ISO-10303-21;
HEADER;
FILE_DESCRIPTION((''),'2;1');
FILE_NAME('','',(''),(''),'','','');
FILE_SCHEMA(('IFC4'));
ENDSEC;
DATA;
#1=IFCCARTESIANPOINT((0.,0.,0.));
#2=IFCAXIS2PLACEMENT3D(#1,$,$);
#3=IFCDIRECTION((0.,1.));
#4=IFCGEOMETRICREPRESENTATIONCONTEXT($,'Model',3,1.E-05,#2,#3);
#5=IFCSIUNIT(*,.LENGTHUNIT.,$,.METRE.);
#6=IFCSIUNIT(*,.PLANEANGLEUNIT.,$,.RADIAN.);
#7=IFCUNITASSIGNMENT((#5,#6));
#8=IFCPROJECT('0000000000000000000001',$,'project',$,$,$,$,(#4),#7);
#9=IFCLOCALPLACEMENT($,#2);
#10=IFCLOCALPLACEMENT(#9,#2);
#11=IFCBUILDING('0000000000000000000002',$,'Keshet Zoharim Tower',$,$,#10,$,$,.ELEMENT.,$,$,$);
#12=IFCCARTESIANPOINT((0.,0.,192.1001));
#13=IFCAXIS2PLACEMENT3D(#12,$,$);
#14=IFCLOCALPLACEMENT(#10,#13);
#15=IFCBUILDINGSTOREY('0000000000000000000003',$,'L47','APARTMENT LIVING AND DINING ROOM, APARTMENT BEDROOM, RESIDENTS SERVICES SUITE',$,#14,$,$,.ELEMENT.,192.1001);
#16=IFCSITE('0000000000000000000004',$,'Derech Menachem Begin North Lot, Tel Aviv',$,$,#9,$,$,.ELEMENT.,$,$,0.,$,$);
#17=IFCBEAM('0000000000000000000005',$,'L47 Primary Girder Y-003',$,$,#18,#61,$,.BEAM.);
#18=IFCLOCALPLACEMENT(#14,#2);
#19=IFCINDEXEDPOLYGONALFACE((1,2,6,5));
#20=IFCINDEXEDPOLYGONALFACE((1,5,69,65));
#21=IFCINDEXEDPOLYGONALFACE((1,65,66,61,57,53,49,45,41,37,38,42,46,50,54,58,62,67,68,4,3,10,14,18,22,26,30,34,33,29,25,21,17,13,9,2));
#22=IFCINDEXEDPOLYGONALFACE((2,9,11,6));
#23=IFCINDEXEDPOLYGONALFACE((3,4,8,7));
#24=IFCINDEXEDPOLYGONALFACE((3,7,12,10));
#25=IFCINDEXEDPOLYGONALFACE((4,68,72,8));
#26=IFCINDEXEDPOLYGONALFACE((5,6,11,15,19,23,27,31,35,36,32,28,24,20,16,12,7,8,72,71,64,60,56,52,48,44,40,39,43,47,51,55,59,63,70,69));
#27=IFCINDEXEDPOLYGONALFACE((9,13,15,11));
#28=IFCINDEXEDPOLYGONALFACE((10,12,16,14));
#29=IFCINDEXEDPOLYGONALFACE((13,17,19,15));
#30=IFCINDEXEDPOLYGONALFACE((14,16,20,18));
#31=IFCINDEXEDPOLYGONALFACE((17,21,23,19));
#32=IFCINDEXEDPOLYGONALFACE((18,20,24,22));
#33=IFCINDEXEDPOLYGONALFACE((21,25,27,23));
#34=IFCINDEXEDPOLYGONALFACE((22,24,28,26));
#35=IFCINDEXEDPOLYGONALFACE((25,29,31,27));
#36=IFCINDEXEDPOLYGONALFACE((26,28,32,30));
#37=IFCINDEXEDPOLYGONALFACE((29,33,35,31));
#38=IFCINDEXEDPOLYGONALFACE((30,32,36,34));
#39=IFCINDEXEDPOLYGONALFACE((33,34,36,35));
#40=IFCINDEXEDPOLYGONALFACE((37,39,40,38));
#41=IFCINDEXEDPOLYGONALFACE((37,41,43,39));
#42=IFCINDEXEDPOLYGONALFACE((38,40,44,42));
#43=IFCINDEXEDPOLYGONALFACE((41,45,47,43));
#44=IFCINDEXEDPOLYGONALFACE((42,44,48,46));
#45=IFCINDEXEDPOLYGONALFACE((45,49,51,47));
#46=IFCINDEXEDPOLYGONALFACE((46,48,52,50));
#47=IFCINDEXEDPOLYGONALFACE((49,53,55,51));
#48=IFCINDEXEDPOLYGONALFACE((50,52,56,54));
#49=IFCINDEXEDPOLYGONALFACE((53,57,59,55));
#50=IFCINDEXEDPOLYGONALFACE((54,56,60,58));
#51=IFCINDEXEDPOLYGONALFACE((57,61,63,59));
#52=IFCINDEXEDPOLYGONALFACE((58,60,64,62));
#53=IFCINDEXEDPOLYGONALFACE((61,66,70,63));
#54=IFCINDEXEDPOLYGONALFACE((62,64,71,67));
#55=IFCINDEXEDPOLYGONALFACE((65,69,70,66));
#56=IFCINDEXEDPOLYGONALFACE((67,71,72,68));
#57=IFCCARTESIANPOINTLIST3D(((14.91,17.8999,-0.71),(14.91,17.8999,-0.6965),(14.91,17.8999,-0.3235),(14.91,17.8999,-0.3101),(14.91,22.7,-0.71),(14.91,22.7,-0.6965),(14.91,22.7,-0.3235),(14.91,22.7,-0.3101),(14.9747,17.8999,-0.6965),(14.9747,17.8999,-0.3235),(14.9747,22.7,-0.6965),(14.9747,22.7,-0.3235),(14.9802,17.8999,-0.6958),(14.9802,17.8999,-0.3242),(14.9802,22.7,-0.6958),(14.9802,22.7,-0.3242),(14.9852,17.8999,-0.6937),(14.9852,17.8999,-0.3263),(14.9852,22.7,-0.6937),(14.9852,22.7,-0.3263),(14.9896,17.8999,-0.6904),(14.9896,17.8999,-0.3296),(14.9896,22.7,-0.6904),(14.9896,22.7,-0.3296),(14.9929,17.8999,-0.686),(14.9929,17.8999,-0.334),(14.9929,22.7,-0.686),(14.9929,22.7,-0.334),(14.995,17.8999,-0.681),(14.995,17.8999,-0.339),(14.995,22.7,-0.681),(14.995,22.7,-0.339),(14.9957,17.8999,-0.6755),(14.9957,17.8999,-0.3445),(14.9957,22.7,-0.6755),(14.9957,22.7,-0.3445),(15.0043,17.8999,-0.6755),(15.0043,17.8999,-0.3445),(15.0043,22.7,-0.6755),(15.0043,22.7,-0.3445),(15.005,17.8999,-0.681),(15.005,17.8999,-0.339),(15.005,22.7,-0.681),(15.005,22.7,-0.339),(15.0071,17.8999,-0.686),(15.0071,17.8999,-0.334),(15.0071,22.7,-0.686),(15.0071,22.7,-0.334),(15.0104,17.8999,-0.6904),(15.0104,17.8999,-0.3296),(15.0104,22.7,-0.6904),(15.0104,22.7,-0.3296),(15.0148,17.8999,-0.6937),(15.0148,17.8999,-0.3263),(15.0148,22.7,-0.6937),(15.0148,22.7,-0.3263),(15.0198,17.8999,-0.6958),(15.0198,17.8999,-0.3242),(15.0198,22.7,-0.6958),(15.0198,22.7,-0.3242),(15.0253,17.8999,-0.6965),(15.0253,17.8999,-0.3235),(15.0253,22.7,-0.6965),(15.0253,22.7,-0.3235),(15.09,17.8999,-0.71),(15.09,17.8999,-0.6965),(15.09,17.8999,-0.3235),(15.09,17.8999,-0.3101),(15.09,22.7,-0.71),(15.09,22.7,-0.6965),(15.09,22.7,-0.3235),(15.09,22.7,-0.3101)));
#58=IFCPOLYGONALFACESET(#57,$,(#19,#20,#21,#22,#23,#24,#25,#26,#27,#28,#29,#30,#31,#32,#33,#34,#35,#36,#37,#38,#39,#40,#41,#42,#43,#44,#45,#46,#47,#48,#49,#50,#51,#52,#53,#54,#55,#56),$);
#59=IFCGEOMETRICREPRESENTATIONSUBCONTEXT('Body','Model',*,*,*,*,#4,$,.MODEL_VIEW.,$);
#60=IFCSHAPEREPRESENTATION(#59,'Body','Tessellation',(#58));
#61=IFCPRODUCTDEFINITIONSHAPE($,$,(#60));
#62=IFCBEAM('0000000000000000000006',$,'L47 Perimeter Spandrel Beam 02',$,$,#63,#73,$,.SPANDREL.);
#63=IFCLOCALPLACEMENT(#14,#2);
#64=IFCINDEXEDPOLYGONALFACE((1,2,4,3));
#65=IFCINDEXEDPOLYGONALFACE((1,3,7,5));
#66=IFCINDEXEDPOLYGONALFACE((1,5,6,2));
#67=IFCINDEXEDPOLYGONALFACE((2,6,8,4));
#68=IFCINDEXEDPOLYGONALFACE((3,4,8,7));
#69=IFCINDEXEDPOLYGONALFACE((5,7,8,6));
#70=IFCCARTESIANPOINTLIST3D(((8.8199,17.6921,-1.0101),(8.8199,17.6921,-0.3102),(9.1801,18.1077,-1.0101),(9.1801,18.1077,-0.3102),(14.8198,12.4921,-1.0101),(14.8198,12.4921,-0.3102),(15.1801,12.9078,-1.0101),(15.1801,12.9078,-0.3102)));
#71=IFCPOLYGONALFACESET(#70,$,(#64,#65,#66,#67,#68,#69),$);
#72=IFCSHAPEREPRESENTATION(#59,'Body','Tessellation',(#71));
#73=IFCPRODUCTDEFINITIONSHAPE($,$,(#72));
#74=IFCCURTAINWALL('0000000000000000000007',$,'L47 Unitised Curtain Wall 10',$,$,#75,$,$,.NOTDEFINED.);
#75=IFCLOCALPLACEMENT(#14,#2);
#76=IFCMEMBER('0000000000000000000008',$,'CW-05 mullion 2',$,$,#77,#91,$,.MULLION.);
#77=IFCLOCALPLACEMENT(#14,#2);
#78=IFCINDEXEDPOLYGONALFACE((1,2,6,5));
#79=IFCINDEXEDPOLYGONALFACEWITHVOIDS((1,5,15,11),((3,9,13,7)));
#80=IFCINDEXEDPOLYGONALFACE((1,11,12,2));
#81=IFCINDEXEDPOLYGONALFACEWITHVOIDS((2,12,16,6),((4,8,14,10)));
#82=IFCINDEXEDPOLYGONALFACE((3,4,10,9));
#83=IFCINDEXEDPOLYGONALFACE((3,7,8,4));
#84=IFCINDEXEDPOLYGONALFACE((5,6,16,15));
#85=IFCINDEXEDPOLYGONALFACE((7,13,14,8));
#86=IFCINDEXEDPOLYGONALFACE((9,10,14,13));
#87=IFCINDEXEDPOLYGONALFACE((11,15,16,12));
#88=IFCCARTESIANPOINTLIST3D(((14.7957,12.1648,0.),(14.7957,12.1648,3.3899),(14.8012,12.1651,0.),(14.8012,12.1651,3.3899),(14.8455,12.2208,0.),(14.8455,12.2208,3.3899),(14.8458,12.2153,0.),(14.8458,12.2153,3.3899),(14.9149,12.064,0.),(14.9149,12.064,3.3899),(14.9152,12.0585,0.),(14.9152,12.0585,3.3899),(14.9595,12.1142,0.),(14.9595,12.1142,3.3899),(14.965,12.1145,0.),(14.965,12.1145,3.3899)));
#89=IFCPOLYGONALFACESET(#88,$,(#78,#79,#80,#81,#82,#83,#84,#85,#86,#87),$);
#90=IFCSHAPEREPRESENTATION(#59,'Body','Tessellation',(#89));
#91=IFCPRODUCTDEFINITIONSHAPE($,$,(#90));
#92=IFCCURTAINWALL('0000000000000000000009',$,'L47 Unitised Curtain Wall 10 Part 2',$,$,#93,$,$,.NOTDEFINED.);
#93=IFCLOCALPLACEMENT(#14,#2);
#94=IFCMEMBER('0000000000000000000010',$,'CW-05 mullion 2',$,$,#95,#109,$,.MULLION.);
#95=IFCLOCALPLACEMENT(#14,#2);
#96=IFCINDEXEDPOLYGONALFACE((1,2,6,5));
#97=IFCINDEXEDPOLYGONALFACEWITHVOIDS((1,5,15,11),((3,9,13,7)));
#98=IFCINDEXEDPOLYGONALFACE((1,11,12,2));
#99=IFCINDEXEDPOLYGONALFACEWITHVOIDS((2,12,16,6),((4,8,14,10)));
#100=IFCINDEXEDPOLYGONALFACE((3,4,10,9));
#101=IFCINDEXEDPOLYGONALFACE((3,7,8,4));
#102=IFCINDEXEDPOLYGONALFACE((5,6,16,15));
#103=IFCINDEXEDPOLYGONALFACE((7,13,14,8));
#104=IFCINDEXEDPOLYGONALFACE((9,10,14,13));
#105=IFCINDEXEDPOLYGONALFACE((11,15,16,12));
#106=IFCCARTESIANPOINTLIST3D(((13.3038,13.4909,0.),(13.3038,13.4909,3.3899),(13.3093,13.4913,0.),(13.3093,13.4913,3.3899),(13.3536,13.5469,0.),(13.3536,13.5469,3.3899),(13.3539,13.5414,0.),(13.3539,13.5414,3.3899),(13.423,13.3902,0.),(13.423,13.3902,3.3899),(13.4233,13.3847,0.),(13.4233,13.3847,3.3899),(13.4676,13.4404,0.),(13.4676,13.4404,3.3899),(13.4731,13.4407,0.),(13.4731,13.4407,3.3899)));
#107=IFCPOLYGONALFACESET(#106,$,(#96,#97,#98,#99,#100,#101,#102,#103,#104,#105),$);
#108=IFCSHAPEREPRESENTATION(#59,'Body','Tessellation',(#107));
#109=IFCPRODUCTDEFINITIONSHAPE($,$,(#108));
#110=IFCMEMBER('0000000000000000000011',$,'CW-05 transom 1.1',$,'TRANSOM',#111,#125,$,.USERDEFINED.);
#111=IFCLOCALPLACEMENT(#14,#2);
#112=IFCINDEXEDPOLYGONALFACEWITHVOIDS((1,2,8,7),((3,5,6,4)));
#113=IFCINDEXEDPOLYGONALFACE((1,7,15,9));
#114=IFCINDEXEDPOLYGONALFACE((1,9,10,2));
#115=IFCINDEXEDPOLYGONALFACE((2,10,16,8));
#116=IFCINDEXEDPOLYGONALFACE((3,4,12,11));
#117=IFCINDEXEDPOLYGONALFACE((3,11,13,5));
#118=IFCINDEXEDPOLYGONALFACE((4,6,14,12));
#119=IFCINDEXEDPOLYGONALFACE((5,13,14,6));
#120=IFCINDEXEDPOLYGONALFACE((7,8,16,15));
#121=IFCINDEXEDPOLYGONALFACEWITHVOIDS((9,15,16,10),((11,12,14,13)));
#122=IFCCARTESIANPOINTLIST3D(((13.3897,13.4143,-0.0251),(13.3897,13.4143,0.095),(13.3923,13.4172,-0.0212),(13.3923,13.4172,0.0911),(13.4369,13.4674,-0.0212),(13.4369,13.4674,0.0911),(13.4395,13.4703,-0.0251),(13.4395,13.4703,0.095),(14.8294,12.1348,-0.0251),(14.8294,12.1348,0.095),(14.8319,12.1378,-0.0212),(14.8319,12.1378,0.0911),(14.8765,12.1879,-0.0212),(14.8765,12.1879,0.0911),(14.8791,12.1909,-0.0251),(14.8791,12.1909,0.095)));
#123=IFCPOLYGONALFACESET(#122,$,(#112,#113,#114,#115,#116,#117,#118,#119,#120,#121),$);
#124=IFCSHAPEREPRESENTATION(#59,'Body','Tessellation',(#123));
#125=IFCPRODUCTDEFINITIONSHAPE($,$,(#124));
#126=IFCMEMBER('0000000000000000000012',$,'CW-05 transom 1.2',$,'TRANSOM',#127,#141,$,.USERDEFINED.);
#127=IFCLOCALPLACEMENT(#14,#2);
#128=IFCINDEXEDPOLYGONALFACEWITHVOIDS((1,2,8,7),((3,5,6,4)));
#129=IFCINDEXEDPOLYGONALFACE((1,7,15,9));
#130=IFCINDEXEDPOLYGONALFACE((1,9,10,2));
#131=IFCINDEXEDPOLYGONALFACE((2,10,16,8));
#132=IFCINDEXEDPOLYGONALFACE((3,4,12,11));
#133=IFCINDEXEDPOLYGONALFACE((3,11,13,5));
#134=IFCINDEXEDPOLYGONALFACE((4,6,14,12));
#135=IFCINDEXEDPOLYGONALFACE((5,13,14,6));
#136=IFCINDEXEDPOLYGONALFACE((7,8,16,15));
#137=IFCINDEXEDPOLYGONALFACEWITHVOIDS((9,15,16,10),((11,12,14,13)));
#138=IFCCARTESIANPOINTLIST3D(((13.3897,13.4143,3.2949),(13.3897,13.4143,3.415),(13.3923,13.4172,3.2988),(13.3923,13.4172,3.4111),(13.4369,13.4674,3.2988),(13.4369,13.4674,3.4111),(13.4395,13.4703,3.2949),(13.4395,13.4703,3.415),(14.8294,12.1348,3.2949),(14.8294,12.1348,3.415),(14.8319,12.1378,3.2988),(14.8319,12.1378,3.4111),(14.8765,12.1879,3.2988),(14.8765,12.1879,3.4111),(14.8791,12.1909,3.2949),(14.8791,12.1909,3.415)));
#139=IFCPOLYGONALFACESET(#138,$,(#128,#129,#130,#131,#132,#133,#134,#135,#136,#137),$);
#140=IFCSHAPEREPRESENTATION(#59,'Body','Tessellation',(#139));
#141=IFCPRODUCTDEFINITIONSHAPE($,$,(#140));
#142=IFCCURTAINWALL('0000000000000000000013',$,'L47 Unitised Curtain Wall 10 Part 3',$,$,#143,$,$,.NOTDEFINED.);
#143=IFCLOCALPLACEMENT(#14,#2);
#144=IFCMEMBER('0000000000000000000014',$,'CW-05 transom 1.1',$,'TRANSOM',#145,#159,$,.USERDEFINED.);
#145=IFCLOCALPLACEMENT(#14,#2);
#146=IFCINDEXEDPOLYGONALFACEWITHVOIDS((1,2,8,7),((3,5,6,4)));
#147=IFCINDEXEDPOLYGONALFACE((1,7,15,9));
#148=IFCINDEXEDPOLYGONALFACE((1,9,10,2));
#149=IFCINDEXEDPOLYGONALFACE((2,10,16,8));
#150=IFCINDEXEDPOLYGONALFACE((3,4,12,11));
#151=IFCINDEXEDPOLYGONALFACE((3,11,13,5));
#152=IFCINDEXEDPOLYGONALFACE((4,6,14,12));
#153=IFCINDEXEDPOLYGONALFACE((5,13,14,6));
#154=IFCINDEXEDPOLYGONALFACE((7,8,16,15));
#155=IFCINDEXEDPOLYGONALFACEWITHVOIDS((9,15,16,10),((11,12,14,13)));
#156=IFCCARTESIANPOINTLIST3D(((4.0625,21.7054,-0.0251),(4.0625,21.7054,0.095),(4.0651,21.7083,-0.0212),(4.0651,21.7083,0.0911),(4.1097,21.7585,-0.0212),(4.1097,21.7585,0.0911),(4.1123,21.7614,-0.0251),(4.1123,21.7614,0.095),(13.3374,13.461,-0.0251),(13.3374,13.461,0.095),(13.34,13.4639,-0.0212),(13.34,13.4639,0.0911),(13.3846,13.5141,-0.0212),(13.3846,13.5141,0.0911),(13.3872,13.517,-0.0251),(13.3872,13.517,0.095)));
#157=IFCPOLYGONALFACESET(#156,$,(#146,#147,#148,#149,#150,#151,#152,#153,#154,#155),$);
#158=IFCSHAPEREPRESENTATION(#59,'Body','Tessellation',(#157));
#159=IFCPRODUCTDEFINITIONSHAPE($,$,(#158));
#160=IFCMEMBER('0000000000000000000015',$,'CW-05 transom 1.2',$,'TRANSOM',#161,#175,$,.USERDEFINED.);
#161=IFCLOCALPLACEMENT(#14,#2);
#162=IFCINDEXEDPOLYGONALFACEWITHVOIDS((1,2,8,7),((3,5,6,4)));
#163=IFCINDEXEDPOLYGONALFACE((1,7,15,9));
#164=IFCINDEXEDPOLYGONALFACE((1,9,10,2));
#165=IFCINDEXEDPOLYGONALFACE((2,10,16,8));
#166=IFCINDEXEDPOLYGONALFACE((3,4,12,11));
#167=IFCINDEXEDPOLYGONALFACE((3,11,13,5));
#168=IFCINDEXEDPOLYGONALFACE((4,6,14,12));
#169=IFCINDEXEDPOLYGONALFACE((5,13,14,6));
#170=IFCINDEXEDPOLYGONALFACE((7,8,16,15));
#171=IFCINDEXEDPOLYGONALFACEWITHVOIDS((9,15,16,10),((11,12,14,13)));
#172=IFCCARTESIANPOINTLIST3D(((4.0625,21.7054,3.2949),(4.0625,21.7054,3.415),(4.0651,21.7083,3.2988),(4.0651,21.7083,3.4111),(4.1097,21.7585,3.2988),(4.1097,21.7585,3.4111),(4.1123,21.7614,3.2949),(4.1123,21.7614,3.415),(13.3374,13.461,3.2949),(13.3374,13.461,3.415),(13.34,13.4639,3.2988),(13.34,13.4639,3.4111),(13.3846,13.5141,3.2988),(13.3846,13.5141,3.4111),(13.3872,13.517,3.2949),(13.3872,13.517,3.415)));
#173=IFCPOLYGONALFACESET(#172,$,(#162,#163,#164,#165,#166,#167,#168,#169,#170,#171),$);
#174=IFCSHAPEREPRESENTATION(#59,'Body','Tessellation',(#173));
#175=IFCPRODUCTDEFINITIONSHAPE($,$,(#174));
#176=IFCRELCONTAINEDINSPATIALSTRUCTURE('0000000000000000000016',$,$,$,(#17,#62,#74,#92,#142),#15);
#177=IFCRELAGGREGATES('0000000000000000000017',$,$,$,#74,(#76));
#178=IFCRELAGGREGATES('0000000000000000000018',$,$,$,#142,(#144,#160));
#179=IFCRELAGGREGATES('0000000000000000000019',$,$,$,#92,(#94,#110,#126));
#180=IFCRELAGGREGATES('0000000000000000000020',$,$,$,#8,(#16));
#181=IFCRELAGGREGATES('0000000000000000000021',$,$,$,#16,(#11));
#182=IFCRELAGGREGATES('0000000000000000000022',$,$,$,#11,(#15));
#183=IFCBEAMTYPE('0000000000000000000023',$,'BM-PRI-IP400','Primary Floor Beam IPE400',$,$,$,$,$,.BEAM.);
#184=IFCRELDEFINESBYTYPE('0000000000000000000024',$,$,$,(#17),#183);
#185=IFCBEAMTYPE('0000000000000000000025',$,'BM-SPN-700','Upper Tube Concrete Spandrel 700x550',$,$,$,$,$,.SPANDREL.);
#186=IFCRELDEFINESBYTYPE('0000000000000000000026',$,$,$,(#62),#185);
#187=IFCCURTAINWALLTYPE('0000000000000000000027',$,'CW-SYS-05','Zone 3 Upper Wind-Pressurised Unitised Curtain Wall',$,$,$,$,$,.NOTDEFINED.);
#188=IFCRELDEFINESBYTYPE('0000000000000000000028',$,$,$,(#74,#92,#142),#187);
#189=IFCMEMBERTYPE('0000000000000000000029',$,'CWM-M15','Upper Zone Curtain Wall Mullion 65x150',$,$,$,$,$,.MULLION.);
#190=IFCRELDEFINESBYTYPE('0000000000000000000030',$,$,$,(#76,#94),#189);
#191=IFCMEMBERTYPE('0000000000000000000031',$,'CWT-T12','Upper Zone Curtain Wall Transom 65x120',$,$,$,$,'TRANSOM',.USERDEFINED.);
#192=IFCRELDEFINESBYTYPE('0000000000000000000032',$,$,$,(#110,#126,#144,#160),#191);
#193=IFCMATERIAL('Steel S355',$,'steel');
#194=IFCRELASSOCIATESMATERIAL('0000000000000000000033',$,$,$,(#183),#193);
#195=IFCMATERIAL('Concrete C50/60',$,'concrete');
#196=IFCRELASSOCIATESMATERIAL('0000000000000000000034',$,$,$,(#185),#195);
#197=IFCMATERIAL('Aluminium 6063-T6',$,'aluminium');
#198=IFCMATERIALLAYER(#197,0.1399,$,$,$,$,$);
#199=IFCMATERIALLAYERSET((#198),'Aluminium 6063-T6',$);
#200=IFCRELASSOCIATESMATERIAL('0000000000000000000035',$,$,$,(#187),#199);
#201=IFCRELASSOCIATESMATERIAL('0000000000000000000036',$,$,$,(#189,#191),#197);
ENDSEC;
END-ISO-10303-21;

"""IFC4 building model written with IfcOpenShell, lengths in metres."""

from ifc_helpers import new_model, si_unit, direction, frame, origin, origin_2d, place, context, subcontext, project, spatial, rectangle, hollow_rectangle, i_section, extrude, material, layer, layer_set, material_profile, profile_set, type_object, element, aggregate, save


model = new_model("IFC4")

# Units and contexts
model_context = context("Model", 3, precision=1e-05, world=origin(), true_north=direction((0.0, 1.0)))
body_context = subcontext(model_context, "Body", "Model", "MODEL_VIEW")
ifc_project = project(units=[si_unit("LENGTHUNIT", "METRE"), si_unit("PLANEANGLEUNIT", "RADIAN")], contexts=[model_context])

# Site, building, storey
site_placement = place(None, origin())
site = spatial("IfcSite", under=ifc_project, at=site_placement, Name="Derech Menachem Begin North Lot, Tel Aviv", CompositionType="ELEMENT", RefElevation=0.0)
building_placement = place(site_placement, origin())
building = spatial("IfcBuilding", under=site, at=building_placement, Name="Keshet Zoharim Tower", CompositionType="ELEMENT")
storey_placement = place(building_placement, frame((0.0, 0.0, 192.1001)))
storey = spatial("IfcBuildingStorey", under=building, at=storey_placement, Name="L47", Description="APARTMENT LIVING AND DINING ROOM, APARTMENT BEDROOM, RESIDENTS SERVICES SUITE", CompositionType="ELEMENT", Elevation=192.1001)

# Shared definitions
ifc_material_1 = material(Name="Steel S355", Category="steel")

# Beams
ifc_material_profile_1 = material_profile(ifc_material_1, i_section(OverallWidth=0.1799, OverallDepth=0.3999, WebThickness=0.0085, FlangeThickness=0.0134, FilletRadius=0.021, at=origin_2d()), Name="IPE400")
ifc_profile_set_1 = profile_set([ifc_material_profile_1], Name="Steel S355")
beam_type_1 = type_object("IfcBeamType", Name="BM-PRI-IP400", Description="Primary Floor Beam IPE400", PredefinedType="BEAM", material=ifc_profile_set_1)
beam_1_placement = place(storey_placement, frame((15.0, 17.8999, -0.51), z_axis=(0.0, 1.0, 0.0), x_axis=(-1.0, 0.0, 0.0)))
element("IfcBeam", 1, at=beam_1_placement, inside=storey, type_object=beam_type_1, Name="L47 Primary Girder Y-003", PredefinedType="BEAM", context=body_context, shape_type="SweptSolid", body=[
    extrude(i_section(OverallWidth=0.1799, OverallDepth=0.3999, WebThickness=0.0085, FlangeThickness=0.0134, FilletRadius=0.021, at=origin_2d()), origin(), (0.0, 0.0, 1.0), 4.8),
])
ifc_material_2 = material(Name="Concrete C50/60", Category="concrete")
ifc_material_profile_2 = material_profile(ifc_material_2, rectangle(XDim=0.55, YDim=0.7, at=origin_2d()), Name="RC700x550")
ifc_profile_set_2 = profile_set([ifc_material_profile_2], Name="Concrete C50/60")
beam_type_2 = type_object("IfcBeamType", Name="BM-SPN-700", Description="Upper Tube Concrete Spandrel 700x550", PredefinedType="SPANDREL", material=ifc_profile_set_2)
beam_2_placement = place(storey_placement, frame((9.0, 17.8999, -0.6602), z_axis=(0.755692, -0.654927, 0.0), x_axis=(0.654927, 0.755692, 0.0)))
element("IfcBeam", 2, at=beam_2_placement, inside=storey, type_object=beam_type_2, Name="L47 Perimeter Spandrel Beam 02", PredefinedType="SPANDREL", context=body_context, shape_type="SweptSolid", body=[
    extrude(rectangle(XDim=0.55, YDim=0.7, at=origin_2d()), origin(), (0.0, 0.0, 1.0), 7.9397),
])

# Curtain wall, member
ifc_material_3 = material(Name="Aluminium 6063-T6", Category="aluminium")
ifc_layer_1 = layer(ifc_material_3, 0.1399)
ifc_layer_set_1 = layer_set([ifc_layer_1], Name="Aluminium 6063-T6")
curtain_wall_type = type_object("IfcCurtainWallType", Name="CW-SYS-05", Description="Zone 3 Upper Wind-Pressurised Unitised Curtain Wall", PredefinedType="NOTDEFINED", material=ifc_layer_set_1)
curtain_wall_1_placement = place(storey_placement, origin())
curtain_wall_1 = element("IfcCurtainWall", 3, at=curtain_wall_1_placement, inside=storey, type_object=curtain_wall_type, Name="L47 Unitised Curtain Wall 10", PredefinedType="NOTDEFINED")
ifc_material_profile_3 = material_profile(ifc_material_3, hollow_rectangle(XDim=0.075, YDim=0.1599, WallThickness=0.0039, at=origin_2d()), Name="MUL-75x160")
ifc_profile_set_3 = profile_set([ifc_material_profile_3], Name="Aluminium 6063-T6")
member_type_1 = type_object("IfcMemberType", Name="CWM-M15", Description="Upper Zone Curtain Wall Mullion 65x150", PredefinedType="MULLION", material=ifc_profile_set_3)
member_1_placement = place(storey_placement, frame((14.8804, 12.1396, 0.0), z_axis=(0.0, 0.0, 1.0), x_axis=(-0.664368, -0.747406, 0.0)))
member_1 = element("IfcMember", 4, at=member_1_placement, type_object=member_type_1, Name="CW-05 mullion 2", PredefinedType="MULLION", context=body_context, shape_type="SweptSolid", body=[
    extrude(hollow_rectangle(XDim=0.075, YDim=0.1599, WallThickness=0.0039, at=origin_2d()), origin(), (0.0, 0.0, 1.0), 3.3899),
])
aggregate(curtain_wall_1, [member_1])

# Curtain walls, members
curtain_wall_2_placement = place(storey_placement, origin())
curtain_wall_2 = element("IfcCurtainWall", 5, at=curtain_wall_2_placement, inside=storey, type_object=curtain_wall_type, Name="L47 Unitised Curtain Wall 10 Part 2", PredefinedType="NOTDEFINED")
member_2_placement = place(storey_placement, frame((13.3884, 13.4658, 0.0), z_axis=(0.0, 0.0, 1.0), x_axis=(-0.66433, -0.74744, 0.0)))
member_2 = element("IfcMember", 6, at=member_2_placement, type_object=member_type_1, Name="CW-05 mullion 2", PredefinedType="MULLION", context=body_context, shape_type="SweptSolid", body=[
    extrude(hollow_rectangle(XDim=0.075, YDim=0.1599, WallThickness=0.0039, at=origin_2d()), origin(), (0.0, 0.0, 1.0), 3.3899),
])
ifc_material_profile_4 = material_profile(ifc_material_3, hollow_rectangle(XDim=0.075, YDim=0.1201, WallThickness=0.0039, at=origin_2d()), Name="TRN-75x120")
ifc_profile_set_4 = profile_set([ifc_material_profile_4], Name="Aluminium 6063-T6")
member_type_2 = type_object("IfcMemberType", Name="CWT-T12", Description="Upper Zone Curtain Wall Transom 65x120", ElementType="TRANSOM", PredefinedType="USERDEFINED", material=ifc_profile_set_4)
member_3_placement = place(storey_placement, frame((14.8542, 12.1628, 0.0349), z_axis=(-0.747458, 0.664309, 0.0), x_axis=(-0.664309, -0.747458, 0.0)))
member_3 = element("IfcMember", 7, at=member_3_placement, type_object=member_type_2, Name="CW-05 transom 1.1", ObjectType="TRANSOM", PredefinedType="USERDEFINED", context=body_context, shape_type="SweptSolid", body=[
    extrude(hollow_rectangle(XDim=0.075, YDim=0.1201, WallThickness=0.0039, at=origin_2d()), origin(), (0.0, 0.0, 1.0), 1.926),
])
member_4_placement = place(storey_placement, frame((14.8542, 12.1628, 3.355), z_axis=(-0.747458, 0.664309, 0.0), x_axis=(-0.664309, -0.747458, 0.0)))
member_4 = element("IfcMember", 8, at=member_4_placement, type_object=member_type_2, Name="CW-05 transom 1.2", ObjectType="TRANSOM", PredefinedType="USERDEFINED", context=body_context, shape_type="SweptSolid", body=[
    extrude(hollow_rectangle(XDim=0.075, YDim=0.1201, WallThickness=0.0039, at=origin_2d()), origin(), (0.0, 0.0, 1.0), 1.926),
])
curtain_wall_3_placement = place(storey_placement, origin())
curtain_wall_3 = element("IfcCurtainWall", 9, at=curtain_wall_3_placement, inside=storey, type_object=curtain_wall_type, Name="L47 Unitised Curtain Wall 10 Part 3", PredefinedType="NOTDEFINED")
member_5_placement = place(storey_placement, frame((13.3623, 13.489, 0.0349), z_axis=(-0.747408, 0.664365, 0.0), x_axis=(-0.664365, -0.747408, 0.0)))
member_5 = element("IfcMember", 10, at=member_5_placement, type_object=member_type_2, Name="CW-05 transom 1.1", ObjectType="TRANSOM", PredefinedType="USERDEFINED", context=body_context, shape_type="SweptSolid", body=[
    extrude(hollow_rectangle(XDim=0.075, YDim=0.1201, WallThickness=0.0039, at=origin_2d()), origin(), (0.0, 0.0, 1.0), 12.4094),
])
member_6_placement = place(storey_placement, frame((13.3623, 13.489, 3.355), z_axis=(-0.747408, 0.664365, 0.0), x_axis=(-0.664365, -0.747408, 0.0)))
member_6 = element("IfcMember", 11, at=member_6_placement, type_object=member_type_2, Name="CW-05 transom 1.2", ObjectType="TRANSOM", PredefinedType="USERDEFINED", context=body_context, shape_type="SweptSolid", body=[
    extrude(hollow_rectangle(XDim=0.075, YDim=0.1201, WallThickness=0.0039, at=origin_2d()), origin(), (0.0, 0.0, 1.0), 12.4094),
])

aggregate(curtain_wall_3, [member_5, member_6])
aggregate(curtain_wall_2, [member_2, member_3, member_4])

save(model, "model.ifc")
